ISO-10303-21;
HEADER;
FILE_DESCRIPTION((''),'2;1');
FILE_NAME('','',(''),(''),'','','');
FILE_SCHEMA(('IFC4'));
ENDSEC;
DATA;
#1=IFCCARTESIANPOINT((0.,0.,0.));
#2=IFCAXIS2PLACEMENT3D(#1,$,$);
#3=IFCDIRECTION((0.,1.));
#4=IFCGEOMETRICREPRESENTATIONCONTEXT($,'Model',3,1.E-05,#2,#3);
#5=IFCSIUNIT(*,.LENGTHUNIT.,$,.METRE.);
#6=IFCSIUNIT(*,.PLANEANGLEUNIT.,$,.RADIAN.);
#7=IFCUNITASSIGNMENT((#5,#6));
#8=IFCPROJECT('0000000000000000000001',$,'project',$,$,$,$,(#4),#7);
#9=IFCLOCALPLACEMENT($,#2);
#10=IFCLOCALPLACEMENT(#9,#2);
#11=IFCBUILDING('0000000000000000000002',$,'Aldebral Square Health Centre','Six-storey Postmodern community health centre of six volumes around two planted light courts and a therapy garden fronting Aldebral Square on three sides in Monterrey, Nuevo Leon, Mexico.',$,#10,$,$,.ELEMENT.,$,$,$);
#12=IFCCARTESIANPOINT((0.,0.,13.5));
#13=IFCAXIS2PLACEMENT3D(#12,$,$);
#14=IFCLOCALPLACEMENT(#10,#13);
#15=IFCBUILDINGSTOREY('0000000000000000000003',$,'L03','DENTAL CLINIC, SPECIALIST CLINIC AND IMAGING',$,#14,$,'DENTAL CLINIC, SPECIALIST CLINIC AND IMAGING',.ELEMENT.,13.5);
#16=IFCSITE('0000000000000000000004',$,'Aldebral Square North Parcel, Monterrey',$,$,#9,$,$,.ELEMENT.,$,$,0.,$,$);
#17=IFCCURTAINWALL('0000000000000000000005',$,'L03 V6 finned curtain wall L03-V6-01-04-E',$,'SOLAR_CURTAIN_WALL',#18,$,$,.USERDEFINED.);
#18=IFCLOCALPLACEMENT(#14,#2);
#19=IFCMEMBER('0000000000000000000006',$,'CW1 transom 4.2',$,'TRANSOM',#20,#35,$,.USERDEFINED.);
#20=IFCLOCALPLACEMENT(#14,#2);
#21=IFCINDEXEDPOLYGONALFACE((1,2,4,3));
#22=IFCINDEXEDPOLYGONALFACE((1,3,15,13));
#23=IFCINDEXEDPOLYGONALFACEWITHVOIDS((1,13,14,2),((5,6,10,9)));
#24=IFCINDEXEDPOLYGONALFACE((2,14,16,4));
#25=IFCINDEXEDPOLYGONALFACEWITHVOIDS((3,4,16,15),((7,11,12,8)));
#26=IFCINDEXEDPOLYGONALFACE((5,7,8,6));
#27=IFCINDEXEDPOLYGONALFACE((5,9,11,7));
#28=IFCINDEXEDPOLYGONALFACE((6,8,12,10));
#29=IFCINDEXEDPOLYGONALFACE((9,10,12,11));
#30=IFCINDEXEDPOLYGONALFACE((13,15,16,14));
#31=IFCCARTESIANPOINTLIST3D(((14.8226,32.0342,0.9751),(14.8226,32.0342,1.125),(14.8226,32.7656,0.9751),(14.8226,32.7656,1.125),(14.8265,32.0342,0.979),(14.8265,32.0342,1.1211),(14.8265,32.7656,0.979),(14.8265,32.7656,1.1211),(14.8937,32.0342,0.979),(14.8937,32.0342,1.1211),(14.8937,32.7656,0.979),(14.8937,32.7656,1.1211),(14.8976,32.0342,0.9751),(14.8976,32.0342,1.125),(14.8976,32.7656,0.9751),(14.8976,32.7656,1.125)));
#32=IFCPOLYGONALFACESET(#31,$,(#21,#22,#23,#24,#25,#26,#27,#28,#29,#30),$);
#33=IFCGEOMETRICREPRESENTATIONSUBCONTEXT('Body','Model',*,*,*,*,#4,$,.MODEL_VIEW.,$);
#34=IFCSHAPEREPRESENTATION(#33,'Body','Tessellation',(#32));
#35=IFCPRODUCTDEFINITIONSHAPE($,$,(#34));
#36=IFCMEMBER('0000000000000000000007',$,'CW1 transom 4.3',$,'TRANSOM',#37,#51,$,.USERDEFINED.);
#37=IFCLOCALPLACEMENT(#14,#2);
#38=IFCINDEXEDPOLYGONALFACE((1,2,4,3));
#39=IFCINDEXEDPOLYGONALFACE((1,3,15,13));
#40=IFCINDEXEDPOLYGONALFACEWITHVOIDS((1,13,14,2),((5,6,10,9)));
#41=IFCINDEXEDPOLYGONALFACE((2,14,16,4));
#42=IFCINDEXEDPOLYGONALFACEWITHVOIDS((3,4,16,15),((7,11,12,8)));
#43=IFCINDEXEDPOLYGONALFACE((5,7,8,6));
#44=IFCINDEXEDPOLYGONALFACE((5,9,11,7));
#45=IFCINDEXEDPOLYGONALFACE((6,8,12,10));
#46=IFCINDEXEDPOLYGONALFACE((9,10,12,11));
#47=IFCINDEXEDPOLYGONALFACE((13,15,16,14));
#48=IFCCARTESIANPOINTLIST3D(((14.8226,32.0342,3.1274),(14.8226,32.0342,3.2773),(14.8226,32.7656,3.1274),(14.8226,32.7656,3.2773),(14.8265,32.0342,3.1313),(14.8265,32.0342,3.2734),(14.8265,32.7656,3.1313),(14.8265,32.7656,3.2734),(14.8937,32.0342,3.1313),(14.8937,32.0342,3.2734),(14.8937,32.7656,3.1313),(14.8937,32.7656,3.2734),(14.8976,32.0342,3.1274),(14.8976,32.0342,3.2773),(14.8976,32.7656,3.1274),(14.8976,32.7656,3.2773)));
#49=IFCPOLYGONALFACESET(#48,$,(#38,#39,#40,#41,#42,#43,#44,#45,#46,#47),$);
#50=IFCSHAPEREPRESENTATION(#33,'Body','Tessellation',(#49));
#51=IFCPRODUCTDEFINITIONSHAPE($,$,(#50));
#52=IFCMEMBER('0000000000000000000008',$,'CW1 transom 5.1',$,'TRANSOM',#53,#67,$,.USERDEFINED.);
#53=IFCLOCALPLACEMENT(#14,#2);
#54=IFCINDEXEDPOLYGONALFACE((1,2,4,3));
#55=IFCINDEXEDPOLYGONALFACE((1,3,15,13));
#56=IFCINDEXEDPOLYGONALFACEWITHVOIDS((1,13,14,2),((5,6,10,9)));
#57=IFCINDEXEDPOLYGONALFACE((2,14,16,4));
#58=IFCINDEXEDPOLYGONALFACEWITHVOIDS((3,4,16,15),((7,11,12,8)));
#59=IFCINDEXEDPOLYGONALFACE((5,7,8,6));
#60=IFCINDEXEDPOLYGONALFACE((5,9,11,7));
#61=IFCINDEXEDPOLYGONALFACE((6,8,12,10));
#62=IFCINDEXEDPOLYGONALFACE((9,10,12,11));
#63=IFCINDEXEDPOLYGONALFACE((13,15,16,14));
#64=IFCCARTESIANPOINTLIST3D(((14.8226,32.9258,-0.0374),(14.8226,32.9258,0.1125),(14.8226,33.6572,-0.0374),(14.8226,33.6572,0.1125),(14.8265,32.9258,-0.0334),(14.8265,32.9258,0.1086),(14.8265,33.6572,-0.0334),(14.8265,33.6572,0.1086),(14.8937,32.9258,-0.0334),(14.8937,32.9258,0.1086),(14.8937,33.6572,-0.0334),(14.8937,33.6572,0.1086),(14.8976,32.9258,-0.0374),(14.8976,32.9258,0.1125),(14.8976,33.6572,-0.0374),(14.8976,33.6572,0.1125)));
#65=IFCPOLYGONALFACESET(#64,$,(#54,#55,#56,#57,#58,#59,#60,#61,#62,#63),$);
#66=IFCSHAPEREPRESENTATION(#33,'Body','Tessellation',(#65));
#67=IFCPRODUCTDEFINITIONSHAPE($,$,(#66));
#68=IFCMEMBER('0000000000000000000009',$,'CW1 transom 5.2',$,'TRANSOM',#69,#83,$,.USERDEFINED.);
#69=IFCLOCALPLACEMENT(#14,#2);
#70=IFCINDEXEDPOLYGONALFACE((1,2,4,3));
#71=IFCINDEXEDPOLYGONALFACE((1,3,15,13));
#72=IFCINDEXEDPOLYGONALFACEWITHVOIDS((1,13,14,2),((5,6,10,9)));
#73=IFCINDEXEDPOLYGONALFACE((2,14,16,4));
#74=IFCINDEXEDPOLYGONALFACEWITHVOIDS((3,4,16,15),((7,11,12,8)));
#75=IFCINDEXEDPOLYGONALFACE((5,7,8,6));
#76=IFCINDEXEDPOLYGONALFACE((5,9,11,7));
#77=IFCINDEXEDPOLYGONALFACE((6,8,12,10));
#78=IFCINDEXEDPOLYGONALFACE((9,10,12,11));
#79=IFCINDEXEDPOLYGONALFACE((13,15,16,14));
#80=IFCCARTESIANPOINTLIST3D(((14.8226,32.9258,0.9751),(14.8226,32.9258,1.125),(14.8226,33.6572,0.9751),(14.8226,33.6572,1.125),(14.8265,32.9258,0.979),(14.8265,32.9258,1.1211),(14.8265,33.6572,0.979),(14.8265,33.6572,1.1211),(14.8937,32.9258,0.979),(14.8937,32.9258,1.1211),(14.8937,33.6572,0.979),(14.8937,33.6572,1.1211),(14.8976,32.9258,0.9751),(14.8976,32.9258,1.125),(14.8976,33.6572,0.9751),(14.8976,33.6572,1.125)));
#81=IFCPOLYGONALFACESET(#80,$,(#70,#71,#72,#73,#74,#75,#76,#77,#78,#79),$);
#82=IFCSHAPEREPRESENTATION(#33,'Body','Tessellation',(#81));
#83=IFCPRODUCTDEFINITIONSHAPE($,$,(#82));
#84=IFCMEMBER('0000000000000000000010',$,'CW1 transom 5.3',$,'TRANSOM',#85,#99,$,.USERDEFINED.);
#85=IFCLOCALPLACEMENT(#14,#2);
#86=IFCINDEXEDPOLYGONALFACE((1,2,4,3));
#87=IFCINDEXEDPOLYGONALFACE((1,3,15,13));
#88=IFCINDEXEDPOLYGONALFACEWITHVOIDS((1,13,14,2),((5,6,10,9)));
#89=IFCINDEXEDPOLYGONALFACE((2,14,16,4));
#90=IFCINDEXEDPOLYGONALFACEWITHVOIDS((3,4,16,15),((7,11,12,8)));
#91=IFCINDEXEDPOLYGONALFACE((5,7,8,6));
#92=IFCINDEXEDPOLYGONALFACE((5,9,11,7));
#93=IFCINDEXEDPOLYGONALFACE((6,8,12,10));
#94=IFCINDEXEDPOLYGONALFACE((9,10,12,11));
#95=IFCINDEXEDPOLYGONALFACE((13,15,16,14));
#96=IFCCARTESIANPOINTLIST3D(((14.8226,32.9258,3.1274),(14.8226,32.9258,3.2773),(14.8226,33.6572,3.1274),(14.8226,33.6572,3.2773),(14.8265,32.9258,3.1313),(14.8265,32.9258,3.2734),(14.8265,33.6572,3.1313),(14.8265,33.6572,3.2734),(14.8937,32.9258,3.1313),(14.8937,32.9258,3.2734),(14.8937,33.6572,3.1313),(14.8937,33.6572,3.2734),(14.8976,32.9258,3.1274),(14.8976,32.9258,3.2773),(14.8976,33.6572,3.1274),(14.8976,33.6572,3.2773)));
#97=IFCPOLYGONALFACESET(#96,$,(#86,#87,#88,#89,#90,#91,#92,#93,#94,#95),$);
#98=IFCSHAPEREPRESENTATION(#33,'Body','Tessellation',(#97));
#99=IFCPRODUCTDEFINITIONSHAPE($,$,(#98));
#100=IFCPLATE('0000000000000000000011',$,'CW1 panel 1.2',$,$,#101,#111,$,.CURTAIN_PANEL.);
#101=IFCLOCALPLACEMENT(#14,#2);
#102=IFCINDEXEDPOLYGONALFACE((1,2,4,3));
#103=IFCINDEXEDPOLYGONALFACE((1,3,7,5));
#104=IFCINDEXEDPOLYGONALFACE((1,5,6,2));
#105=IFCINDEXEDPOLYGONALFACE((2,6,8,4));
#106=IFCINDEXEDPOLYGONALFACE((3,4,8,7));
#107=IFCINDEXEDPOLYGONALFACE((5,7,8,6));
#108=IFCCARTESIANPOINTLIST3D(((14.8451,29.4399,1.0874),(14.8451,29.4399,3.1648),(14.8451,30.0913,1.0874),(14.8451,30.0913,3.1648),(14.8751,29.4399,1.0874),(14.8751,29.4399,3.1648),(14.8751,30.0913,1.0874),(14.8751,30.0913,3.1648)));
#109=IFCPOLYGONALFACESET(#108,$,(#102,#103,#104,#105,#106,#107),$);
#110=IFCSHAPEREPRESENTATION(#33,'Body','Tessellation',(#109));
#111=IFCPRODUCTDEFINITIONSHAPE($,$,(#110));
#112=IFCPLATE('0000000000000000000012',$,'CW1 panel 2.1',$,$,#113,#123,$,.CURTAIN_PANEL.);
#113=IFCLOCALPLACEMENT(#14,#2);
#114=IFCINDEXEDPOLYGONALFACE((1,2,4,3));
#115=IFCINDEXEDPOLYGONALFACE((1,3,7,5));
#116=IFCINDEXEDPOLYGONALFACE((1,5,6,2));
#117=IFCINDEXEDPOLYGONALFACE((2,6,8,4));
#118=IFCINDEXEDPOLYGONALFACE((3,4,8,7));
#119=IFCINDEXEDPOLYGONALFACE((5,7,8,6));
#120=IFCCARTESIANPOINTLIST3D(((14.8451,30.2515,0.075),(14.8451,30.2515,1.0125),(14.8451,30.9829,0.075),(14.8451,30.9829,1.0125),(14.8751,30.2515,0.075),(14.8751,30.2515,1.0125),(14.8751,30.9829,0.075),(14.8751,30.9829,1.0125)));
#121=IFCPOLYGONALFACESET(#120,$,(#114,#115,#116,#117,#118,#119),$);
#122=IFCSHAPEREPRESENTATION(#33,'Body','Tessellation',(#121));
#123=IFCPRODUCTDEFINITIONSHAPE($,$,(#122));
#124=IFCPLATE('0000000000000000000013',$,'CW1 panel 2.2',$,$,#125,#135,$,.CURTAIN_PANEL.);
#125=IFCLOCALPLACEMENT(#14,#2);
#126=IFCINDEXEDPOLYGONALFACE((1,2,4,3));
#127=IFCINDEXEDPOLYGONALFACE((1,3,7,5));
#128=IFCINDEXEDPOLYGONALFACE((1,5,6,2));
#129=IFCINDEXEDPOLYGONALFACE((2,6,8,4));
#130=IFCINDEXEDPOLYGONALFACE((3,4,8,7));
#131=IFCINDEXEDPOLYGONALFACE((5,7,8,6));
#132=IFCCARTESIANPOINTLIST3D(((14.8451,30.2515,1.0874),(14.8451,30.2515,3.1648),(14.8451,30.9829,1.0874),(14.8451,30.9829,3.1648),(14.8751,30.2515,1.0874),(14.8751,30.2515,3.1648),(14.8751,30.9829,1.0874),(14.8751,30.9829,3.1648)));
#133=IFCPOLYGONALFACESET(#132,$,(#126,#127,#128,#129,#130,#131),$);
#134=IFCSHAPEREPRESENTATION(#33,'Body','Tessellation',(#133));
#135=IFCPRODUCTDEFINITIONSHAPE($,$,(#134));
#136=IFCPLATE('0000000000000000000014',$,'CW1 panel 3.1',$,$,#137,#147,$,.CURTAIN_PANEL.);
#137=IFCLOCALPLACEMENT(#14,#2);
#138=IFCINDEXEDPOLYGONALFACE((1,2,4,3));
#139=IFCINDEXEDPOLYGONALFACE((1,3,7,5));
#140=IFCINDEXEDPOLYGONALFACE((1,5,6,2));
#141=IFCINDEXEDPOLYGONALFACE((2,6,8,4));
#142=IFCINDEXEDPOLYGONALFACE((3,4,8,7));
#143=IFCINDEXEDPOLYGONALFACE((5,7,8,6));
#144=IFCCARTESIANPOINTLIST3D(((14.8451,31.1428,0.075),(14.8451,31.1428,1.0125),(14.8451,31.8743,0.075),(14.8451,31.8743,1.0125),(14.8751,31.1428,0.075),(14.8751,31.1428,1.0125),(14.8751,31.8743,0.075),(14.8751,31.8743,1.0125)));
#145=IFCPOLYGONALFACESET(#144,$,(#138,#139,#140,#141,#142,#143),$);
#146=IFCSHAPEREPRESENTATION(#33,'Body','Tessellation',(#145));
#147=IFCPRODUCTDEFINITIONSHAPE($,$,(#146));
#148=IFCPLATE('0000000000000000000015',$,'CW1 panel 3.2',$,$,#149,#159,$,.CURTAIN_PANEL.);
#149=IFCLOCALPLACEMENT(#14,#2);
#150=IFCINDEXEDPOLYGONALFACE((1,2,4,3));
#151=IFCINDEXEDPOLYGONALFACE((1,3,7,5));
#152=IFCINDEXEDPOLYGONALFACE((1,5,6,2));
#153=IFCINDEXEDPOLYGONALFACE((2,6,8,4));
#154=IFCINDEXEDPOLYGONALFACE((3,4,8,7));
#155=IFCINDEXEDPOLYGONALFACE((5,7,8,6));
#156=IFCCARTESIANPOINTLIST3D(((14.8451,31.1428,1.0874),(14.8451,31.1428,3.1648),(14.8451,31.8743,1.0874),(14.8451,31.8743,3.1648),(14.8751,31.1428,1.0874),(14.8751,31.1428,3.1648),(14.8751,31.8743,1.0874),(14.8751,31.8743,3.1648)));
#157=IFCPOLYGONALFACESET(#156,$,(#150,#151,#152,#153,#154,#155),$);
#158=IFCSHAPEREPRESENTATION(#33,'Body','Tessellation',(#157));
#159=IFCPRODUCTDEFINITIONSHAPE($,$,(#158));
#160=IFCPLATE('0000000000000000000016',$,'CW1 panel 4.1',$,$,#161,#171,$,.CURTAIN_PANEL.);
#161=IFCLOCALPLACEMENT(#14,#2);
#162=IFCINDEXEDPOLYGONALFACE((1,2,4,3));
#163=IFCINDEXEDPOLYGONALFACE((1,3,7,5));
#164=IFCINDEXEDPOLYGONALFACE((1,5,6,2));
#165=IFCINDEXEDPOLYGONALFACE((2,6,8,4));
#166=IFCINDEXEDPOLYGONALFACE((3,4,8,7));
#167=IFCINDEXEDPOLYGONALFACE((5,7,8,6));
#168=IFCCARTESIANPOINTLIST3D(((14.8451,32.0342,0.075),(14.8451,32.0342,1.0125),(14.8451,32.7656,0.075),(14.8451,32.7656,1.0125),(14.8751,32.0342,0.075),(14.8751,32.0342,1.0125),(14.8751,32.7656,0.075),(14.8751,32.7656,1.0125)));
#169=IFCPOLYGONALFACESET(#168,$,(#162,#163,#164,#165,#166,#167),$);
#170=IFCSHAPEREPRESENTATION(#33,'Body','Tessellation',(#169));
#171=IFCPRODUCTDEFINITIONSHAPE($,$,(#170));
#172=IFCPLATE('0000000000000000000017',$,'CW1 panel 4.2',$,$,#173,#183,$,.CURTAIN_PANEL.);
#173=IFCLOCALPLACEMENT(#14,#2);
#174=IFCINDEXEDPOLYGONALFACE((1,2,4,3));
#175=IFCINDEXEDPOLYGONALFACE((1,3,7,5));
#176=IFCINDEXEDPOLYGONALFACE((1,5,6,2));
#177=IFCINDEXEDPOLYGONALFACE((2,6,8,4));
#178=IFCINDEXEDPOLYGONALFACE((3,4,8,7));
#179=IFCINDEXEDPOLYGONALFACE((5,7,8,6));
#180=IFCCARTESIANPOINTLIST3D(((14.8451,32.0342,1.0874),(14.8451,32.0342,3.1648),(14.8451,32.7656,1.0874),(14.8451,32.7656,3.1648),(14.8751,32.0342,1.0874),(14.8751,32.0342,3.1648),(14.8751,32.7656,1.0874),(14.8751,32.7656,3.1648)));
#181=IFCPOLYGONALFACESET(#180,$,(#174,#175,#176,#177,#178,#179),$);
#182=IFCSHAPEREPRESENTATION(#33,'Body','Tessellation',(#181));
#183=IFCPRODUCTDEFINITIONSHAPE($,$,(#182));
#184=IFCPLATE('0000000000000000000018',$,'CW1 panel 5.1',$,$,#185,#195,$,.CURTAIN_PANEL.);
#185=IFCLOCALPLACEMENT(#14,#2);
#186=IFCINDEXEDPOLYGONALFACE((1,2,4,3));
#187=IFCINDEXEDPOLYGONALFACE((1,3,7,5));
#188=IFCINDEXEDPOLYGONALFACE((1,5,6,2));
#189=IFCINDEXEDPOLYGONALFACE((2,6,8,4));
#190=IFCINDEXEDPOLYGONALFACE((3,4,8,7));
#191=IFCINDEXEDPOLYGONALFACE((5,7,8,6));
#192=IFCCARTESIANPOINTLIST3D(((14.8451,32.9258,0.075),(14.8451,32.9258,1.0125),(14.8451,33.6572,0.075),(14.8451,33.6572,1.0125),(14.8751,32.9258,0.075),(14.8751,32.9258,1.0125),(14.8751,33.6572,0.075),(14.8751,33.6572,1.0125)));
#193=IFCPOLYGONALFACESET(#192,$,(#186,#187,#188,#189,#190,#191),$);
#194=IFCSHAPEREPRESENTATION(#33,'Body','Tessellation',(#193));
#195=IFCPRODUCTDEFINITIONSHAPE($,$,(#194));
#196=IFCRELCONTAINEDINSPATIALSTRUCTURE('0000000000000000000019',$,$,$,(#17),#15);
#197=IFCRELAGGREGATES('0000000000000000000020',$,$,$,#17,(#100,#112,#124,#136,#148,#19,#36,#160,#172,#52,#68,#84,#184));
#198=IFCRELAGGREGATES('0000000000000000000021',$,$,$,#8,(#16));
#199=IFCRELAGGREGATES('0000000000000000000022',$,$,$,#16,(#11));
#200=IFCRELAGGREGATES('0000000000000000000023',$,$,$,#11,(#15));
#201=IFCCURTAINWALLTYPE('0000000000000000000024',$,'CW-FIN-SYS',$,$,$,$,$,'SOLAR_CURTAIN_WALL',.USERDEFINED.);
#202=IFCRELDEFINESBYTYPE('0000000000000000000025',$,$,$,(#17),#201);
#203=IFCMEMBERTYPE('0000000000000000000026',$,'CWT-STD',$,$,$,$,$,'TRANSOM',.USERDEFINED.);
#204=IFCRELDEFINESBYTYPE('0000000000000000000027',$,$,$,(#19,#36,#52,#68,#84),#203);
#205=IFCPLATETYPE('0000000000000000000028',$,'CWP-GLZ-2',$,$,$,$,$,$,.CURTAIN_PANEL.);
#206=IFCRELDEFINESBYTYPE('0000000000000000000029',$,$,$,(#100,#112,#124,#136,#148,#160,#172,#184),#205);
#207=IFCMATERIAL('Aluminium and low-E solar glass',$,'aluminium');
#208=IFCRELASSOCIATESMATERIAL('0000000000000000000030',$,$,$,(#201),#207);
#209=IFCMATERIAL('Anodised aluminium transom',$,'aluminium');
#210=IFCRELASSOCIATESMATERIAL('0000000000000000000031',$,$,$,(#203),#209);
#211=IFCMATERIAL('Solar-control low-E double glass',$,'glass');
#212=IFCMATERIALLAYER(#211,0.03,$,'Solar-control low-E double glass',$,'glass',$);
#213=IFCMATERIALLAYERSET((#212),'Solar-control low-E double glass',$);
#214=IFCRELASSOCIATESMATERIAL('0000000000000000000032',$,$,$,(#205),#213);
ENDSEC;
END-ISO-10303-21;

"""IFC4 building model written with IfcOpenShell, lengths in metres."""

from ifc_helpers import new_model, si_unit, direction, frame, origin, origin_2d, place, context, subcontext, project, spatial, rectangle, hollow_rectangle, extrude, material, layer, layer_set, material_profile, profile_set, type_object, element, aggregate, save


model = new_model("IFC4")

# Units and contexts
model_context = context("Model", 3, precision=1e-05, world=origin(), true_north=direction((0.0, 1.0)))
body_context = subcontext(model_context, "Body", "Model", "MODEL_VIEW")
ifc_project = project(units=[si_unit("LENGTHUNIT", "METRE"), si_unit("PLANEANGLEUNIT", "RADIAN")], contexts=[model_context])

# Site, building, storey
site_placement = place(None, origin())
site = spatial("IfcSite", under=ifc_project, at=site_placement, Name="Aldebral Square North Parcel, Monterrey", CompositionType="ELEMENT", RefElevation=0.0)
building_placement = place(site_placement, origin())
building = spatial("IfcBuilding", under=site, at=building_placement, Name="Aldebral Square Health Centre", Description="Six-storey Postmodern community health centre of six volumes around two planted light courts and a therapy garden fronting Aldebral Square on three sides in Monterrey, Nuevo Leon, Mexico.", CompositionType="ELEMENT")
storey_placement = place(building_placement, frame((0.0, 0.0, 13.5)))
storey = spatial("IfcBuildingStorey", under=building, at=storey_placement, Name="L03", Description="DENTAL CLINIC, SPECIALIST CLINIC AND IMAGING", LongName="DENTAL CLINIC, SPECIALIST CLINIC AND IMAGING", CompositionType="ELEMENT", Elevation=13.5)

# Curtain wall, members, plates
ifc_material_1 = material(Name="Aluminium and low-E solar glass", Category="aluminium")
curtain_wall_type = type_object("IfcCurtainWallType", Name="CW-FIN-SYS", ElementType="SOLAR_CURTAIN_WALL", PredefinedType="USERDEFINED", material=ifc_material_1)
curtain_wall_placement = place(storey_placement, origin())
curtain_wall = element("IfcCurtainWall", 1, at=curtain_wall_placement, inside=storey, type_object=curtain_wall_type, Name="L03 V6 finned curtain wall L03-V6-01-04-E", ObjectType="SOLAR_CURTAIN_WALL", PredefinedType="USERDEFINED")
ifc_material_2 = material(Name="Anodised aluminium transom", Category="aluminium")
ifc_material_profile_1 = material_profile(ifc_material_2, hollow_rectangle(XDim=0.075, YDim=0.1499, WallThickness=0.0039, at=origin_2d()), Name="CWT 75x150x4")
ifc_profile_set_1 = profile_set([ifc_material_profile_1], Name="Anodised aluminium transom")
member_type_1 = type_object("IfcMemberType", Name="CWT-STD", ElementType="TRANSOM", PredefinedType="USERDEFINED", material=ifc_profile_set_1)
member_1_placement = place(storey_placement, frame((14.8601, 32.0342, 1.05), z_axis=(0.0, 1.0, 0.0), x_axis=(-1.0, 0.0, 0.0)))
member_1 = element("IfcMember", 2, at=member_1_placement, type_object=member_type_1, Name="CW1 transom 4.2", ObjectType="TRANSOM", PredefinedType="USERDEFINED", context=body_context, shape_type="SweptSolid", body=[
    extrude(hollow_rectangle(XDim=0.075, YDim=0.1499, WallThickness=0.0039, at=origin_2d()), origin(), (0.0, 0.0, 1.0), 0.7314),
])
member_2_placement = place(storey_placement, frame((14.8601, 32.0342, 3.2024), z_axis=(0.0, 1.0, 0.0), x_axis=(-1.0, 0.0, 0.0)))
member_2 = element("IfcMember", 3, at=member_2_placement, type_object=member_type_1, Name="CW1 transom 4.3", ObjectType="TRANSOM", PredefinedType="USERDEFINED", context=body_context, shape_type="SweptSolid", body=[
    extrude(hollow_rectangle(XDim=0.075, YDim=0.1499, WallThickness=0.0039, at=origin_2d()), origin(), (0.0, 0.0, 1.0), 0.7314),
])
member_3_placement = place(storey_placement, frame((14.8601, 32.9258, 0.0376), z_axis=(0.0, 1.0, 0.0), x_axis=(-1.0, 0.0, 0.0)))
member_3 = element("IfcMember", 4, at=member_3_placement, type_object=member_type_1, Name="CW1 transom 5.1", ObjectType="TRANSOM", PredefinedType="USERDEFINED", context=body_context, shape_type="SweptSolid", body=[
    extrude(hollow_rectangle(XDim=0.075, YDim=0.1499, WallThickness=0.0039, at=origin_2d()), origin(), (0.0, 0.0, 1.0), 0.7314),
])
member_4_placement = place(storey_placement, frame((14.8601, 32.9258, 1.05), z_axis=(0.0, 1.0, 0.0), x_axis=(-1.0, 0.0, 0.0)))
member_4 = element("IfcMember", 5, at=member_4_placement, type_object=member_type_1, Name="CW1 transom 5.2", ObjectType="TRANSOM", PredefinedType="USERDEFINED", context=body_context, shape_type="SweptSolid", body=[
    extrude(hollow_rectangle(XDim=0.075, YDim=0.1499, WallThickness=0.0039, at=origin_2d()), origin(), (0.0, 0.0, 1.0), 0.7314),
])
member_5_placement = place(storey_placement, frame((14.8601, 32.9258, 3.2024), z_axis=(0.0, 1.0, 0.0), x_axis=(-1.0, 0.0, 0.0)))
member_5 = element("IfcMember", 6, at=member_5_placement, type_object=member_type_1, Name="CW1 transom 5.3", ObjectType="TRANSOM", PredefinedType="USERDEFINED", context=body_context, shape_type="SweptSolid", body=[
    extrude(hollow_rectangle(XDim=0.075, YDim=0.1499, WallThickness=0.0039, at=origin_2d()), origin(), (0.0, 0.0, 1.0), 0.7314),
])
ifc_material_3 = material(Name="Solar-control low-E double glass", Category="glass")
ifc_layer = layer(ifc_material_3, 0.03, Name="Solar-control low-E double glass", Category="glass")
ifc_layer_set = layer_set([ifc_layer], Name="Solar-control low-E double glass")
plate_type = type_object("IfcPlateType", Name="CWP-GLZ-2", PredefinedType="CURTAIN_PANEL", material=ifc_layer_set)
plate_1_placement = place(storey_placement, frame((14.8601, 29.7656, 1.0874), z_axis=(0.0, 0.0, 1.0), x_axis=(0.0, 1.0, 0.0)))
plate_1 = element("IfcPlate", 7, at=plate_1_placement, type_object=plate_type, Name="CW1 panel 1.2", PredefinedType="CURTAIN_PANEL", context=body_context, shape_type="SweptSolid", body=[
    extrude(rectangle(XDim=0.6514, YDim=0.03, at=origin_2d()), origin(), (0.0, 0.0, 1.0), 2.0774),
])
plate_2_placement = place(storey_placement, frame((14.8601, 30.6172, 0.075), z_axis=(0.0, 0.0, 1.0), x_axis=(0.0, 1.0, 0.0)))
plate_2 = element("IfcPlate", 8, at=plate_2_placement, type_object=plate_type, Name="CW1 panel 2.1", PredefinedType="CURTAIN_PANEL", context=body_context, shape_type="SweptSolid", body=[
    extrude(rectangle(XDim=0.7314, YDim=0.03, at=origin_2d()), origin(), (0.0, 0.0, 1.0), 0.9375),
])
plate_3_placement = place(storey_placement, frame((14.8601, 30.6172, 1.0874), z_axis=(0.0, 0.0, 1.0), x_axis=(0.0, 1.0, 0.0)))
plate_3 = element("IfcPlate", 9, at=plate_3_placement, type_object=plate_type, Name="CW1 panel 2.2", PredefinedType="CURTAIN_PANEL", context=body_context, shape_type="SweptSolid", body=[
    extrude(rectangle(XDim=0.7314, YDim=0.03, at=origin_2d()), origin(), (0.0, 0.0, 1.0), 2.0774),
])
plate_4_placement = place(storey_placement, frame((14.8601, 31.5085, 0.075), z_axis=(0.0, 0.0, 1.0), x_axis=(0.0, 1.0, 0.0)))
plate_4 = element("IfcPlate", 10, at=plate_4_placement, type_object=plate_type, Name="CW1 panel 3.1", PredefinedType="CURTAIN_PANEL", context=body_context, shape_type="SweptSolid", body=[
    extrude(rectangle(XDim=0.7314, YDim=0.03, at=origin_2d()), origin(), (0.0, 0.0, 1.0), 0.9375),
])
plate_5_placement = place(storey_placement, frame((14.8601, 31.5085, 1.0874), z_axis=(0.0, 0.0, 1.0), x_axis=(0.0, 1.0, 0.0)))
plate_5 = element("IfcPlate", 11, at=plate_5_placement, type_object=plate_type, Name="CW1 panel 3.2", PredefinedType="CURTAIN_PANEL", context=body_context, shape_type="SweptSolid", body=[
    extrude(rectangle(XDim=0.7314, YDim=0.03, at=origin_2d()), origin(), (0.0, 0.0, 1.0), 2.0774),
])
plate_6_placement = place(storey_placement, frame((14.8601, 32.3999, 0.075), z_axis=(0.0, 0.0, 1.0), x_axis=(0.0, 1.0, 0.0)))
plate_6 = element("IfcPlate", 12, at=plate_6_placement, type_object=plate_type, Name="CW1 panel 4.1", PredefinedType="CURTAIN_PANEL", context=body_context, shape_type="SweptSolid", body=[
    extrude(rectangle(XDim=0.7314, YDim=0.03, at=origin_2d()), origin(), (0.0, 0.0, 1.0), 0.9375),
])
plate_7_placement = place(storey_placement, frame((14.8601, 32.3999, 1.0874), z_axis=(0.0, 0.0, 1.0), x_axis=(0.0, 1.0, 0.0)))
plate_7 = element("IfcPlate", 13, at=plate_7_placement, type_object=plate_type, Name="CW1 panel 4.2", PredefinedType="CURTAIN_PANEL", context=body_context, shape_type="SweptSolid", body=[
    extrude(rectangle(XDim=0.7314, YDim=0.03, at=origin_2d()), origin(), (0.0, 0.0, 1.0), 2.0774),
])
plate_8_placement = place(storey_placement, frame((14.8601, 33.2915, 0.075), z_axis=(0.0, 0.0, 1.0), x_axis=(0.0, 1.0, 0.0)))
plate_8 = element("IfcPlate", 14, at=plate_8_placement, type_object=plate_type, Name="CW1 panel 5.1", PredefinedType="CURTAIN_PANEL", context=body_context, shape_type="SweptSolid", body=[
    extrude(rectangle(XDim=0.7314, YDim=0.03, at=origin_2d()), origin(), (0.0, 0.0, 1.0), 0.9375),
])
aggregate(curtain_wall, [plate_1, plate_2, plate_3, plate_4, plate_5, member_1, member_2, plate_6, plate_7, member_3, member_4, member_5, plate_8])

save(model, "model.ifc")
